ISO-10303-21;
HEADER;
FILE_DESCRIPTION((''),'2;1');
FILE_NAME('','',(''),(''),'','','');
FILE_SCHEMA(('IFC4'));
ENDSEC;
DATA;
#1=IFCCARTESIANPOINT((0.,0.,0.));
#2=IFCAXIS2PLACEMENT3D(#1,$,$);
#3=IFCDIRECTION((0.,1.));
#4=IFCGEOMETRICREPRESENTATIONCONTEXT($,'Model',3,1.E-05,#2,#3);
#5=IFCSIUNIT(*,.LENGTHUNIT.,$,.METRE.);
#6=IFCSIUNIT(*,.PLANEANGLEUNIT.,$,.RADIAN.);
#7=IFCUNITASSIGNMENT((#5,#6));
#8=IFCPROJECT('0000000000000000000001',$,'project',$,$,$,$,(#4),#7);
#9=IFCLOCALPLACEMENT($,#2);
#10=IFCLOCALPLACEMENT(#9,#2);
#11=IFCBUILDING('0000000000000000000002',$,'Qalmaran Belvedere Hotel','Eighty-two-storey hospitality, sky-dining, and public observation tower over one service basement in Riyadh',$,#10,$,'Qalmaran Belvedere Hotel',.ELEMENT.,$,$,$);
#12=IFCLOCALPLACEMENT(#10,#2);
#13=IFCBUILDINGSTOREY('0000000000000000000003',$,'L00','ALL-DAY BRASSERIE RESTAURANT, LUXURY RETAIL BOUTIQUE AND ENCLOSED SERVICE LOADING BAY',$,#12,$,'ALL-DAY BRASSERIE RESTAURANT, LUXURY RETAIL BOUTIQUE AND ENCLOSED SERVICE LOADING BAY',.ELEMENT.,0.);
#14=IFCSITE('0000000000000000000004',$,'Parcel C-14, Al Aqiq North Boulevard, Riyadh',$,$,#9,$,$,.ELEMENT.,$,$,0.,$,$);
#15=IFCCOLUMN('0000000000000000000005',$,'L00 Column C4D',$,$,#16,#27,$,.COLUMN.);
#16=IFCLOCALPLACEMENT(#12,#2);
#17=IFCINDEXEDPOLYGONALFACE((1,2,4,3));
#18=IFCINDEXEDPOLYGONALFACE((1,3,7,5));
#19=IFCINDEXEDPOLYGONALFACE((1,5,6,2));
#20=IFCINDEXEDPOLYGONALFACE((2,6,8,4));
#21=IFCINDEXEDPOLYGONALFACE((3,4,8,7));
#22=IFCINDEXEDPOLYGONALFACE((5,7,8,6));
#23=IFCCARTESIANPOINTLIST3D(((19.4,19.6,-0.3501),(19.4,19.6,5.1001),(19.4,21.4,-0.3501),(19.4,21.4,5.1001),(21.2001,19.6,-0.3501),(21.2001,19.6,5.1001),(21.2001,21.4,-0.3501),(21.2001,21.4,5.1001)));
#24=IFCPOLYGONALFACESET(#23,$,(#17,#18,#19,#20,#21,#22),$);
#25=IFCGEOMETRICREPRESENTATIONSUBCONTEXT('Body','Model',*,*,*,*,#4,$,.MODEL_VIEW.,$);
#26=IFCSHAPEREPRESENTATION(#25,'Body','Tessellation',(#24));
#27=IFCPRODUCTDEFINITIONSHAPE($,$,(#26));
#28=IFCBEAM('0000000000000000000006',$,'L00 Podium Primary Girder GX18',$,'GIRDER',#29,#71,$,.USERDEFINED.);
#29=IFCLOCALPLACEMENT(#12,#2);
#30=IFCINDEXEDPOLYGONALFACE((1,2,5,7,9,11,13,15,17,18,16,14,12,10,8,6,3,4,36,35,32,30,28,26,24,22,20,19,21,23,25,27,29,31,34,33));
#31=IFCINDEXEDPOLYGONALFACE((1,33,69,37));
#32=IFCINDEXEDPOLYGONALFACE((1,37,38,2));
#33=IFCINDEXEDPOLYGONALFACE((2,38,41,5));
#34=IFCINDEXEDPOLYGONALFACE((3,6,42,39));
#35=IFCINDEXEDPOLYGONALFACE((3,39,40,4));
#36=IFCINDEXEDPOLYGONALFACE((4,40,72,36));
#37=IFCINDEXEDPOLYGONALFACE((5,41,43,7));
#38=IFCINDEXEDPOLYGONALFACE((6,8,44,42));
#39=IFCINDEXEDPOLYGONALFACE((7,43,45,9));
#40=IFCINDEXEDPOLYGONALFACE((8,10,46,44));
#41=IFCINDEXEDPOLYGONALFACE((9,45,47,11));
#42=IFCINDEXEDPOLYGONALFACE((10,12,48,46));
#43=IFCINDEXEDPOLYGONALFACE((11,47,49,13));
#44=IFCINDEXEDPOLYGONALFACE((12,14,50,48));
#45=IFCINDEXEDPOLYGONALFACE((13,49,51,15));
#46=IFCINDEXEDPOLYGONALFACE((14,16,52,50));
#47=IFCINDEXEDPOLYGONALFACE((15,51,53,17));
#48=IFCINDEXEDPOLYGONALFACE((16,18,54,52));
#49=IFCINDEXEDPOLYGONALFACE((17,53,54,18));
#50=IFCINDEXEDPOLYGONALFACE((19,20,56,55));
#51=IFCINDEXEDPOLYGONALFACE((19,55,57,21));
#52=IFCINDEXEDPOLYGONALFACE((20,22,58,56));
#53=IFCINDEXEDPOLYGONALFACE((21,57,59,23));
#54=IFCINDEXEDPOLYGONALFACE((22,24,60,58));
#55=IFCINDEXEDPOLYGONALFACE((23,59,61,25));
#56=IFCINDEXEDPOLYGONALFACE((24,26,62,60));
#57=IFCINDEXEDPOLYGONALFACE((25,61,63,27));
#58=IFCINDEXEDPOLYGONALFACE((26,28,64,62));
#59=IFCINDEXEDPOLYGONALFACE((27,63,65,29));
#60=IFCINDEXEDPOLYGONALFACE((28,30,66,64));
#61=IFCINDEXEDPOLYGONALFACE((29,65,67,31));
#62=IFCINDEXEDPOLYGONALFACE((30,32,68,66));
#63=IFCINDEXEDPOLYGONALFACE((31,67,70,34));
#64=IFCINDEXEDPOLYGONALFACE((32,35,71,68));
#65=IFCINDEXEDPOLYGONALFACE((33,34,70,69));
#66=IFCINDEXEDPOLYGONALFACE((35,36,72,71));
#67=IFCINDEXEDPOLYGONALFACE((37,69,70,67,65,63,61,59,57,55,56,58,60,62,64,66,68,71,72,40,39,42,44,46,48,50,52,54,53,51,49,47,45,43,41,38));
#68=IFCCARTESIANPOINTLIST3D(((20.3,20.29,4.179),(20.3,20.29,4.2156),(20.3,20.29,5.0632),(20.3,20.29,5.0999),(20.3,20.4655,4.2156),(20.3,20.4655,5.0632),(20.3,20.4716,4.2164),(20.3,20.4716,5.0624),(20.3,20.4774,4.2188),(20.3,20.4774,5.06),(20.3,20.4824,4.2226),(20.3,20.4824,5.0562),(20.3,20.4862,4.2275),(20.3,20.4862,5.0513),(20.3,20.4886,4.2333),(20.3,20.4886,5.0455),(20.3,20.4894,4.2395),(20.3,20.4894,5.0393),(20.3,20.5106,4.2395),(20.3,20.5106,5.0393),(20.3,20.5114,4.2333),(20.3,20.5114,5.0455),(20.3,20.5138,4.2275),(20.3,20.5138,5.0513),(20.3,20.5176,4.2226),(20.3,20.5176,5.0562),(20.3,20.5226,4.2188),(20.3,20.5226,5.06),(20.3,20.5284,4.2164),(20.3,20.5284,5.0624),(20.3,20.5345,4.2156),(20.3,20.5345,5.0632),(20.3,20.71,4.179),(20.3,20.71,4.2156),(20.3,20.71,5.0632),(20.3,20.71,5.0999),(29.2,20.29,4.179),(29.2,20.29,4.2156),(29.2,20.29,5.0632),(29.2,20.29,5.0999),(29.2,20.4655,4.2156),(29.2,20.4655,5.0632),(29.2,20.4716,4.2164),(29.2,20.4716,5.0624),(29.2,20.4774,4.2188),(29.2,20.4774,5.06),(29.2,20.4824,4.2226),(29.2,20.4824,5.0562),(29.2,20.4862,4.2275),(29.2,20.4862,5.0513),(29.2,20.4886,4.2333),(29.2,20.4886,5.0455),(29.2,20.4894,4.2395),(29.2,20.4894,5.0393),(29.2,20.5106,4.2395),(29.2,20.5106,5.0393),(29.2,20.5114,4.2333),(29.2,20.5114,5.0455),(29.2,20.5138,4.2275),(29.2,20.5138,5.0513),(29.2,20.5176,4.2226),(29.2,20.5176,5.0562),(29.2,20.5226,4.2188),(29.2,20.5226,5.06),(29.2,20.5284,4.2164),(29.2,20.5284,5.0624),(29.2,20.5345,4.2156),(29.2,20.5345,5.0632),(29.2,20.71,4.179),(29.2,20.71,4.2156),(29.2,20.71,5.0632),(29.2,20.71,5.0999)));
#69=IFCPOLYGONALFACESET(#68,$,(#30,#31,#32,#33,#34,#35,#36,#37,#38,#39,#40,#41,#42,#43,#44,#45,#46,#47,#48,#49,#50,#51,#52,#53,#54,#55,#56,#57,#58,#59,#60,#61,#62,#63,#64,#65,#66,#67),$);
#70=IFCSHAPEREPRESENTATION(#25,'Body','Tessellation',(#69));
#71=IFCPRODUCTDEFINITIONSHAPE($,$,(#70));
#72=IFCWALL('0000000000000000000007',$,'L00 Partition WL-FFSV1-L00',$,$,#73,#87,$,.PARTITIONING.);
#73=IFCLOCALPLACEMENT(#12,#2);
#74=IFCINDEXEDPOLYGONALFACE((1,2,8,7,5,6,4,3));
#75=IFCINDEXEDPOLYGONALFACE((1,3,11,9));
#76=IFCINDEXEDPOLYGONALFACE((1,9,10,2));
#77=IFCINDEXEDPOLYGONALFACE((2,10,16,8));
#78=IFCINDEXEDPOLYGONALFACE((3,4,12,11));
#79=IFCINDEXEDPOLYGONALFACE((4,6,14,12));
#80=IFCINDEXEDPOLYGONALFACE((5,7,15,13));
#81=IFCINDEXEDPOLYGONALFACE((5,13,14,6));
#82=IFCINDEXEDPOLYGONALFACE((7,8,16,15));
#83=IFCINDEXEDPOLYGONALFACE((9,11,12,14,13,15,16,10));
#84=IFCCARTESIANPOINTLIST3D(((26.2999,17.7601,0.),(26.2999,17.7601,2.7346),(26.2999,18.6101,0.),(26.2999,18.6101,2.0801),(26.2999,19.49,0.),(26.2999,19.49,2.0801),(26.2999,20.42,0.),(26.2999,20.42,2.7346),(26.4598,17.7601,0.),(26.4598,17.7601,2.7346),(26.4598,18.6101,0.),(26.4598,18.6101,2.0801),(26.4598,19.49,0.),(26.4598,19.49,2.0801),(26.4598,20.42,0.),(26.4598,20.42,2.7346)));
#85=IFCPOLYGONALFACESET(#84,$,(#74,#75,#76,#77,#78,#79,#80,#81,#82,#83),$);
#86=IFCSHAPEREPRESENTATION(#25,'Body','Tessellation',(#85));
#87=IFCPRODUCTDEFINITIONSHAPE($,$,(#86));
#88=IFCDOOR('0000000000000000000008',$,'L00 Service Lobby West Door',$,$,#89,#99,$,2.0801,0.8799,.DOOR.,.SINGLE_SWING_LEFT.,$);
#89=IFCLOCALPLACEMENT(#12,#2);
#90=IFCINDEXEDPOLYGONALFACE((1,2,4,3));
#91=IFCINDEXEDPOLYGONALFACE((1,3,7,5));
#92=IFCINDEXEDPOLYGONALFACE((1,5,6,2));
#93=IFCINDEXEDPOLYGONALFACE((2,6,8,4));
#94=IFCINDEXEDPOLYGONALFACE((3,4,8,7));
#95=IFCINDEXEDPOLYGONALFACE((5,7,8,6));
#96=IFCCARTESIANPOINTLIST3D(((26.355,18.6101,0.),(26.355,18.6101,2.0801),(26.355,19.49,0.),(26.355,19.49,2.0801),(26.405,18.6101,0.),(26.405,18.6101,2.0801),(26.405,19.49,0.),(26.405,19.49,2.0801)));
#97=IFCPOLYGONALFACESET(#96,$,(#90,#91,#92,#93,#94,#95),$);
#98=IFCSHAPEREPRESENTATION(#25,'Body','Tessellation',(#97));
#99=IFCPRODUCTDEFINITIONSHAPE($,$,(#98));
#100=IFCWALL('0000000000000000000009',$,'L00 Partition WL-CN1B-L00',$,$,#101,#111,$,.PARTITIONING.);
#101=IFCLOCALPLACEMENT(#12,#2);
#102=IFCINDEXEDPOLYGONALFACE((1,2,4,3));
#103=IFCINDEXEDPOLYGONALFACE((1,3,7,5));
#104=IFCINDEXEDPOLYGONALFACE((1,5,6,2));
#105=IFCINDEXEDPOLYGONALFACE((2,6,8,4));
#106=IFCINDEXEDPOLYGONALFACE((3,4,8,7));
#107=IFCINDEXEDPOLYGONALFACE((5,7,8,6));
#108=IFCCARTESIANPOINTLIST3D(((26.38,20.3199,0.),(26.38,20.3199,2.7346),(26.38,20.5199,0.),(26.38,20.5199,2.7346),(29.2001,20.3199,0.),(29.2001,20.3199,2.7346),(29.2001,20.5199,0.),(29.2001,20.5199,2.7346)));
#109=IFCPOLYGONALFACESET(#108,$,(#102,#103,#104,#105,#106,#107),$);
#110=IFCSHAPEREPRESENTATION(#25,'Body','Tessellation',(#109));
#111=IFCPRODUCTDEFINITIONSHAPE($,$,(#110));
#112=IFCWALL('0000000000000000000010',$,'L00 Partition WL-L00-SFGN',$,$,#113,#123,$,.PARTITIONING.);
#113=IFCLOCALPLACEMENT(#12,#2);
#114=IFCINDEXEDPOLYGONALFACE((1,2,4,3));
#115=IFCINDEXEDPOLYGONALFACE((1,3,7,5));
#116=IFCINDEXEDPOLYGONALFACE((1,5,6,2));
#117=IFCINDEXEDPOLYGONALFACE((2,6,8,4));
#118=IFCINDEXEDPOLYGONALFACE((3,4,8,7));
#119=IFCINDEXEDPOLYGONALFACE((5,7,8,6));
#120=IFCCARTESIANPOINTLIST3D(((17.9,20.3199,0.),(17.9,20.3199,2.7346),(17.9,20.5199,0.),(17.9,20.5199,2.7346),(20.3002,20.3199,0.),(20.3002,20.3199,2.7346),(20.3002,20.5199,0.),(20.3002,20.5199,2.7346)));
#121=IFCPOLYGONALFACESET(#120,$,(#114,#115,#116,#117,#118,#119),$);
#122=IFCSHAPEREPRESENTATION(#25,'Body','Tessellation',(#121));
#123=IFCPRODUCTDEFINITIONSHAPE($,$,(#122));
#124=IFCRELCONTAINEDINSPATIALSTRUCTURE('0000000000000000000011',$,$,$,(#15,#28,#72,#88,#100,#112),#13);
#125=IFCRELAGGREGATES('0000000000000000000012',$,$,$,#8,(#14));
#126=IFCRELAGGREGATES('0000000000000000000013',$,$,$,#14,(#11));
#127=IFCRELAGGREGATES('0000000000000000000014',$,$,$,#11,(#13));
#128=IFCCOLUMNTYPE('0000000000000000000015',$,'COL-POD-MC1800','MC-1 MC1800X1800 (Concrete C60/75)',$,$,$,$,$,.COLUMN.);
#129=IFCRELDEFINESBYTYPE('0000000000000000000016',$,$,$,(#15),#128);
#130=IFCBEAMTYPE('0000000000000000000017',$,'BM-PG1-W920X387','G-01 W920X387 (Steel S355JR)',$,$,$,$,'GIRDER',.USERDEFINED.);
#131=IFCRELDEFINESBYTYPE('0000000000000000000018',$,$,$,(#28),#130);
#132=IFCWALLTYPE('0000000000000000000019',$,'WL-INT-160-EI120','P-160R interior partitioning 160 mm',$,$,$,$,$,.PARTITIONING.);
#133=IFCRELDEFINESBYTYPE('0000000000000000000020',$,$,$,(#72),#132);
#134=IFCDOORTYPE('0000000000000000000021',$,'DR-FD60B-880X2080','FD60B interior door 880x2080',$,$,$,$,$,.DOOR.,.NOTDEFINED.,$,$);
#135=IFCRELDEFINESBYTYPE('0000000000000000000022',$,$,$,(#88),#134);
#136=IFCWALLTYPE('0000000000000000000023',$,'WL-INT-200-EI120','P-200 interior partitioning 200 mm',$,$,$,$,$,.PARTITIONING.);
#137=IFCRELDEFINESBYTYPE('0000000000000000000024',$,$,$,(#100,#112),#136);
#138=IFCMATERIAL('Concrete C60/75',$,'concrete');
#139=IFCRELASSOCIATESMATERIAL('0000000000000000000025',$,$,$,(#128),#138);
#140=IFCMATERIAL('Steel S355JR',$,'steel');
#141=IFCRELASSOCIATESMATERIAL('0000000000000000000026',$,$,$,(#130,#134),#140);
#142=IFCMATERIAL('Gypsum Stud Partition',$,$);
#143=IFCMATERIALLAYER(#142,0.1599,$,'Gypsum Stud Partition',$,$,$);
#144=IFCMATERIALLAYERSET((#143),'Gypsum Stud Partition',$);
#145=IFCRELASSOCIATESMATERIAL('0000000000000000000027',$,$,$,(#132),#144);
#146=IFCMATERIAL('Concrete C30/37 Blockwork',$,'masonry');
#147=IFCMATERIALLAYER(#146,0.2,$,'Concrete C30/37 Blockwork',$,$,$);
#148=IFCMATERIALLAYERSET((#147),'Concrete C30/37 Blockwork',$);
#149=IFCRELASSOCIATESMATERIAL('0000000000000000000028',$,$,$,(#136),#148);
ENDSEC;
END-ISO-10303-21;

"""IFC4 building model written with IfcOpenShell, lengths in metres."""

from ifc_helpers import new_model, si_unit, direction, frame, frame_2d, origin, origin_2d, place, context, subcontext, project, spatial, rectangle, i_section, extrude, material, layer, layer_set, material_profile, profile_set, type_object, element, fill, save


model = new_model("IFC4")

# Units and contexts
model_context = context("Model", 3, precision=1e-05, world=origin(), true_north=direction((0.0, 1.0)))
body_context = subcontext(model_context, "Body", "Model", "MODEL_VIEW")
ifc_project = project(units=[si_unit("LENGTHUNIT", "METRE"), si_unit("PLANEANGLEUNIT", "RADIAN")], contexts=[model_context])

# Site, building, storey
site_placement = place(None, origin())
site = spatial("IfcSite", under=ifc_project, at=site_placement, Name="Parcel C-14, Al Aqiq North Boulevard, Riyadh", CompositionType="ELEMENT", RefElevation=0.0)
building_placement = place(site_placement, origin())
building = spatial("IfcBuilding", under=site, at=building_placement, Name="Qalmaran Belvedere Hotel", Description="Eighty-two-storey hospitality, sky-dining, and public observation tower over one service basement in Riyadh", LongName="Qalmaran Belvedere Hotel", CompositionType="ELEMENT")
storey_placement = place(building_placement, origin())
storey = spatial("IfcBuildingStorey", under=building, at=storey_placement, Name="L00", Description="ALL-DAY BRASSERIE RESTAURANT, LUXURY RETAIL BOUTIQUE AND ENCLOSED SERVICE LOADING BAY", LongName="ALL-DAY BRASSERIE RESTAURANT, LUXURY RETAIL BOUTIQUE AND ENCLOSED SERVICE LOADING BAY", CompositionType="ELEMENT", Elevation=0.0)

# Column
ifc_material_1 = material(Name="Concrete C60/75", Category="concrete")
ifc_material_profile_1 = material_profile(ifc_material_1, rectangle(XDim=1.8, YDim=1.8, at=origin_2d()), Name="MC1800X1800")
ifc_profile_set_1 = profile_set([ifc_material_profile_1], Name="Concrete C60/75")
column_type = type_object("IfcColumnType", Name="COL-POD-MC1800", Description="MC-1 MC1800X1800 (Concrete C60/75)", PredefinedType="COLUMN", material=ifc_profile_set_1)
column_placement = place(storey_placement, frame((20.3, 20.5, -0.3501), z_axis=(0.0, 0.0, 1.0), x_axis=(1.0, 0.0, 0.0)))
element("IfcColumn", 1, at=column_placement, inside=storey, type_object=column_type, Name="L00 Column C4D", PredefinedType="COLUMN", context=body_context, shape_type="SweptSolid", body=[
    extrude(rectangle(XDim=1.8, YDim=1.8, at=origin_2d()), origin(), (0.0, 0.0, 1.0), 5.4502),
])

# Beam
ifc_material_2 = material(Name="Steel S355JR", Category="steel")
ifc_material_profile_2 = material_profile(ifc_material_2, i_section(OverallWidth=0.4199, OverallDepth=0.9209, WebThickness=0.0212, FlangeThickness=0.0366, FilletRadius=0.0239, at=origin_2d()), Name="W920X387")
ifc_profile_set_2 = profile_set([ifc_material_profile_2], Name="Steel S355JR")
beam_type = type_object("IfcBeamType", Name="BM-PG1-W920X387", Description="G-01 W920X387 (Steel S355JR)", ElementType="GIRDER", PredefinedType="USERDEFINED", material=ifc_profile_set_2)
beam_placement = place(storey_placement, frame((20.3, 20.5, 4.6394), z_axis=(1.0, 0.0, 0.0), x_axis=(0.0, 1.0, 0.0)))
element("IfcBeam", 2, at=beam_placement, inside=storey, type_object=beam_type, Name="L00 Podium Primary Girder GX18", ObjectType="GIRDER", PredefinedType="USERDEFINED", context=body_context, shape_type="SweptSolid", body=[
    extrude(i_section(OverallWidth=0.4199, OverallDepth=0.9209, WebThickness=0.0212, FlangeThickness=0.0366, FilletRadius=0.0239, at=origin_2d()), origin(), (0.0, 0.0, 1.0), 8.8999),
])

# Wall, opening, door
ifc_material_3 = material(Name="Gypsum Stud Partition")
ifc_layer_1 = layer(ifc_material_3, 0.1599, Name="Gypsum Stud Partition")
ifc_layer_set_1 = layer_set([ifc_layer_1], Name="Gypsum Stud Partition")
wall_type_1 = type_object("IfcWallType", Name="WL-INT-160-EI120", Description="P-160R interior partitioning 160 mm", PredefinedType="PARTITIONING", material=ifc_layer_set_1)
wall_1_placement = place(storey_placement, frame((26.3799, 17.76, 0.0), z_axis=(0.0, 0.0, 1.0), x_axis=(0.0, 1.0, 0.0)))
wall_1 = element("IfcWall", 3, at=wall_1_placement, inside=storey, type_object=wall_type_1, Name="L00 Partition WL-FFSV1-L00", PredefinedType="PARTITIONING", context=body_context, shape_type="SweptSolid", body=[
    extrude(rectangle(XDim=2.6599, YDim=0.1599, at=frame_2d((1.3301, 0.0))), origin(), (0.0, 0.0, 1.0), 2.7346),
])
opening_1_placement = place(wall_1_placement, frame((0.8501, 0.0, 0.0)))
opening_1 = element("IfcOpeningElement", 4, at=opening_1_placement, cuts=wall_1, PredefinedType="OPENING", context=body_context, shape_type="SweptSolid", body=[
    extrude(rectangle(XDim=0.8799, YDim=2.0801, at=frame_2d((0.4399, 1.04))), frame((0.0, 0.0898, 0.0), z_axis=(0.0, -1.0, 0.0), x_axis=(1.0, 0.0, 0.0)), (0.0, 0.0, 1.0), 0.1799),
])
door_type_1 = type_object("IfcDoorType", Name="DR-FD60B-880X2080", Description="FD60B interior door 880x2080", OperationType="NOTDEFINED", PredefinedType="DOOR", material=ifc_material_2)
door_1_placement = place(opening_1_placement, origin())
door_1 = element("IfcDoor", 5, at=door_1_placement, inside=storey, type_object=door_type_1, Name="L00 Service Lobby West Door", OperationType="SINGLE_SWING_LEFT", OverallHeight=2.0801, OverallWidth=0.8799, PredefinedType="DOOR", context=body_context, shape_type="SweptSolid", body=[
    extrude(rectangle(XDim=0.8799, YDim=2.0801, at=frame_2d((0.4399, 1.04))), frame((0.0, 0.0249, 0.0), z_axis=(0.0, -1.0, 0.0), x_axis=(1.0, 0.0, 0.0)), (0.0, 0.0, 1.0), 0.05),
])
fill(opening_1, door_1)
ifc_material_4 = material(Name="Concrete C30/37 Blockwork", Category="masonry")
ifc_layer_2 = layer(ifc_material_4, 0.2, Name="Concrete C30/37 Blockwork")
ifc_layer_set_2 = layer_set([ifc_layer_2], Name="Concrete C30/37 Blockwork")
wall_type_2 = type_object("IfcWallType", Name="WL-INT-200-EI120", Description="P-200 interior partitioning 200 mm", PredefinedType="PARTITIONING", material=ifc_layer_set_2)

# Wall
wall_2_placement = place(storey_placement, frame((26.3799, 20.4199, 0.0), z_axis=(0.0, 0.0, 1.0), x_axis=(1.0, 0.0, 0.0)))
element("IfcWall", 6, at=wall_2_placement, inside=storey, type_object=wall_type_2, Name="L00 Partition WL-CN1B-L00", PredefinedType="PARTITIONING", context=body_context, shape_type="SweptSolid", body=[
    extrude(rectangle(XDim=2.8201, YDim=0.2, at=frame_2d((1.4102, 0.0))), origin(), (0.0, 0.0, 1.0), 2.7346),
])

# Wall
wall_3_placement = place(storey_placement, frame((17.8999, 20.4199, 0.0), z_axis=(0.0, 0.0, 1.0), x_axis=(1.0, 0.0, 0.0)))
element("IfcWall", 7, at=wall_3_placement, inside=storey, type_object=wall_type_2, Name="L00 Partition WL-L00-SFGN", PredefinedType="PARTITIONING", context=body_context, shape_type="SweptSolid", body=[
    extrude(rectangle(XDim=2.4001, YDim=0.2, at=frame_2d((1.2002, 0.0))), origin(), (0.0, 0.0, 1.0), 2.7346),
])

save(model, "model.ifc")
